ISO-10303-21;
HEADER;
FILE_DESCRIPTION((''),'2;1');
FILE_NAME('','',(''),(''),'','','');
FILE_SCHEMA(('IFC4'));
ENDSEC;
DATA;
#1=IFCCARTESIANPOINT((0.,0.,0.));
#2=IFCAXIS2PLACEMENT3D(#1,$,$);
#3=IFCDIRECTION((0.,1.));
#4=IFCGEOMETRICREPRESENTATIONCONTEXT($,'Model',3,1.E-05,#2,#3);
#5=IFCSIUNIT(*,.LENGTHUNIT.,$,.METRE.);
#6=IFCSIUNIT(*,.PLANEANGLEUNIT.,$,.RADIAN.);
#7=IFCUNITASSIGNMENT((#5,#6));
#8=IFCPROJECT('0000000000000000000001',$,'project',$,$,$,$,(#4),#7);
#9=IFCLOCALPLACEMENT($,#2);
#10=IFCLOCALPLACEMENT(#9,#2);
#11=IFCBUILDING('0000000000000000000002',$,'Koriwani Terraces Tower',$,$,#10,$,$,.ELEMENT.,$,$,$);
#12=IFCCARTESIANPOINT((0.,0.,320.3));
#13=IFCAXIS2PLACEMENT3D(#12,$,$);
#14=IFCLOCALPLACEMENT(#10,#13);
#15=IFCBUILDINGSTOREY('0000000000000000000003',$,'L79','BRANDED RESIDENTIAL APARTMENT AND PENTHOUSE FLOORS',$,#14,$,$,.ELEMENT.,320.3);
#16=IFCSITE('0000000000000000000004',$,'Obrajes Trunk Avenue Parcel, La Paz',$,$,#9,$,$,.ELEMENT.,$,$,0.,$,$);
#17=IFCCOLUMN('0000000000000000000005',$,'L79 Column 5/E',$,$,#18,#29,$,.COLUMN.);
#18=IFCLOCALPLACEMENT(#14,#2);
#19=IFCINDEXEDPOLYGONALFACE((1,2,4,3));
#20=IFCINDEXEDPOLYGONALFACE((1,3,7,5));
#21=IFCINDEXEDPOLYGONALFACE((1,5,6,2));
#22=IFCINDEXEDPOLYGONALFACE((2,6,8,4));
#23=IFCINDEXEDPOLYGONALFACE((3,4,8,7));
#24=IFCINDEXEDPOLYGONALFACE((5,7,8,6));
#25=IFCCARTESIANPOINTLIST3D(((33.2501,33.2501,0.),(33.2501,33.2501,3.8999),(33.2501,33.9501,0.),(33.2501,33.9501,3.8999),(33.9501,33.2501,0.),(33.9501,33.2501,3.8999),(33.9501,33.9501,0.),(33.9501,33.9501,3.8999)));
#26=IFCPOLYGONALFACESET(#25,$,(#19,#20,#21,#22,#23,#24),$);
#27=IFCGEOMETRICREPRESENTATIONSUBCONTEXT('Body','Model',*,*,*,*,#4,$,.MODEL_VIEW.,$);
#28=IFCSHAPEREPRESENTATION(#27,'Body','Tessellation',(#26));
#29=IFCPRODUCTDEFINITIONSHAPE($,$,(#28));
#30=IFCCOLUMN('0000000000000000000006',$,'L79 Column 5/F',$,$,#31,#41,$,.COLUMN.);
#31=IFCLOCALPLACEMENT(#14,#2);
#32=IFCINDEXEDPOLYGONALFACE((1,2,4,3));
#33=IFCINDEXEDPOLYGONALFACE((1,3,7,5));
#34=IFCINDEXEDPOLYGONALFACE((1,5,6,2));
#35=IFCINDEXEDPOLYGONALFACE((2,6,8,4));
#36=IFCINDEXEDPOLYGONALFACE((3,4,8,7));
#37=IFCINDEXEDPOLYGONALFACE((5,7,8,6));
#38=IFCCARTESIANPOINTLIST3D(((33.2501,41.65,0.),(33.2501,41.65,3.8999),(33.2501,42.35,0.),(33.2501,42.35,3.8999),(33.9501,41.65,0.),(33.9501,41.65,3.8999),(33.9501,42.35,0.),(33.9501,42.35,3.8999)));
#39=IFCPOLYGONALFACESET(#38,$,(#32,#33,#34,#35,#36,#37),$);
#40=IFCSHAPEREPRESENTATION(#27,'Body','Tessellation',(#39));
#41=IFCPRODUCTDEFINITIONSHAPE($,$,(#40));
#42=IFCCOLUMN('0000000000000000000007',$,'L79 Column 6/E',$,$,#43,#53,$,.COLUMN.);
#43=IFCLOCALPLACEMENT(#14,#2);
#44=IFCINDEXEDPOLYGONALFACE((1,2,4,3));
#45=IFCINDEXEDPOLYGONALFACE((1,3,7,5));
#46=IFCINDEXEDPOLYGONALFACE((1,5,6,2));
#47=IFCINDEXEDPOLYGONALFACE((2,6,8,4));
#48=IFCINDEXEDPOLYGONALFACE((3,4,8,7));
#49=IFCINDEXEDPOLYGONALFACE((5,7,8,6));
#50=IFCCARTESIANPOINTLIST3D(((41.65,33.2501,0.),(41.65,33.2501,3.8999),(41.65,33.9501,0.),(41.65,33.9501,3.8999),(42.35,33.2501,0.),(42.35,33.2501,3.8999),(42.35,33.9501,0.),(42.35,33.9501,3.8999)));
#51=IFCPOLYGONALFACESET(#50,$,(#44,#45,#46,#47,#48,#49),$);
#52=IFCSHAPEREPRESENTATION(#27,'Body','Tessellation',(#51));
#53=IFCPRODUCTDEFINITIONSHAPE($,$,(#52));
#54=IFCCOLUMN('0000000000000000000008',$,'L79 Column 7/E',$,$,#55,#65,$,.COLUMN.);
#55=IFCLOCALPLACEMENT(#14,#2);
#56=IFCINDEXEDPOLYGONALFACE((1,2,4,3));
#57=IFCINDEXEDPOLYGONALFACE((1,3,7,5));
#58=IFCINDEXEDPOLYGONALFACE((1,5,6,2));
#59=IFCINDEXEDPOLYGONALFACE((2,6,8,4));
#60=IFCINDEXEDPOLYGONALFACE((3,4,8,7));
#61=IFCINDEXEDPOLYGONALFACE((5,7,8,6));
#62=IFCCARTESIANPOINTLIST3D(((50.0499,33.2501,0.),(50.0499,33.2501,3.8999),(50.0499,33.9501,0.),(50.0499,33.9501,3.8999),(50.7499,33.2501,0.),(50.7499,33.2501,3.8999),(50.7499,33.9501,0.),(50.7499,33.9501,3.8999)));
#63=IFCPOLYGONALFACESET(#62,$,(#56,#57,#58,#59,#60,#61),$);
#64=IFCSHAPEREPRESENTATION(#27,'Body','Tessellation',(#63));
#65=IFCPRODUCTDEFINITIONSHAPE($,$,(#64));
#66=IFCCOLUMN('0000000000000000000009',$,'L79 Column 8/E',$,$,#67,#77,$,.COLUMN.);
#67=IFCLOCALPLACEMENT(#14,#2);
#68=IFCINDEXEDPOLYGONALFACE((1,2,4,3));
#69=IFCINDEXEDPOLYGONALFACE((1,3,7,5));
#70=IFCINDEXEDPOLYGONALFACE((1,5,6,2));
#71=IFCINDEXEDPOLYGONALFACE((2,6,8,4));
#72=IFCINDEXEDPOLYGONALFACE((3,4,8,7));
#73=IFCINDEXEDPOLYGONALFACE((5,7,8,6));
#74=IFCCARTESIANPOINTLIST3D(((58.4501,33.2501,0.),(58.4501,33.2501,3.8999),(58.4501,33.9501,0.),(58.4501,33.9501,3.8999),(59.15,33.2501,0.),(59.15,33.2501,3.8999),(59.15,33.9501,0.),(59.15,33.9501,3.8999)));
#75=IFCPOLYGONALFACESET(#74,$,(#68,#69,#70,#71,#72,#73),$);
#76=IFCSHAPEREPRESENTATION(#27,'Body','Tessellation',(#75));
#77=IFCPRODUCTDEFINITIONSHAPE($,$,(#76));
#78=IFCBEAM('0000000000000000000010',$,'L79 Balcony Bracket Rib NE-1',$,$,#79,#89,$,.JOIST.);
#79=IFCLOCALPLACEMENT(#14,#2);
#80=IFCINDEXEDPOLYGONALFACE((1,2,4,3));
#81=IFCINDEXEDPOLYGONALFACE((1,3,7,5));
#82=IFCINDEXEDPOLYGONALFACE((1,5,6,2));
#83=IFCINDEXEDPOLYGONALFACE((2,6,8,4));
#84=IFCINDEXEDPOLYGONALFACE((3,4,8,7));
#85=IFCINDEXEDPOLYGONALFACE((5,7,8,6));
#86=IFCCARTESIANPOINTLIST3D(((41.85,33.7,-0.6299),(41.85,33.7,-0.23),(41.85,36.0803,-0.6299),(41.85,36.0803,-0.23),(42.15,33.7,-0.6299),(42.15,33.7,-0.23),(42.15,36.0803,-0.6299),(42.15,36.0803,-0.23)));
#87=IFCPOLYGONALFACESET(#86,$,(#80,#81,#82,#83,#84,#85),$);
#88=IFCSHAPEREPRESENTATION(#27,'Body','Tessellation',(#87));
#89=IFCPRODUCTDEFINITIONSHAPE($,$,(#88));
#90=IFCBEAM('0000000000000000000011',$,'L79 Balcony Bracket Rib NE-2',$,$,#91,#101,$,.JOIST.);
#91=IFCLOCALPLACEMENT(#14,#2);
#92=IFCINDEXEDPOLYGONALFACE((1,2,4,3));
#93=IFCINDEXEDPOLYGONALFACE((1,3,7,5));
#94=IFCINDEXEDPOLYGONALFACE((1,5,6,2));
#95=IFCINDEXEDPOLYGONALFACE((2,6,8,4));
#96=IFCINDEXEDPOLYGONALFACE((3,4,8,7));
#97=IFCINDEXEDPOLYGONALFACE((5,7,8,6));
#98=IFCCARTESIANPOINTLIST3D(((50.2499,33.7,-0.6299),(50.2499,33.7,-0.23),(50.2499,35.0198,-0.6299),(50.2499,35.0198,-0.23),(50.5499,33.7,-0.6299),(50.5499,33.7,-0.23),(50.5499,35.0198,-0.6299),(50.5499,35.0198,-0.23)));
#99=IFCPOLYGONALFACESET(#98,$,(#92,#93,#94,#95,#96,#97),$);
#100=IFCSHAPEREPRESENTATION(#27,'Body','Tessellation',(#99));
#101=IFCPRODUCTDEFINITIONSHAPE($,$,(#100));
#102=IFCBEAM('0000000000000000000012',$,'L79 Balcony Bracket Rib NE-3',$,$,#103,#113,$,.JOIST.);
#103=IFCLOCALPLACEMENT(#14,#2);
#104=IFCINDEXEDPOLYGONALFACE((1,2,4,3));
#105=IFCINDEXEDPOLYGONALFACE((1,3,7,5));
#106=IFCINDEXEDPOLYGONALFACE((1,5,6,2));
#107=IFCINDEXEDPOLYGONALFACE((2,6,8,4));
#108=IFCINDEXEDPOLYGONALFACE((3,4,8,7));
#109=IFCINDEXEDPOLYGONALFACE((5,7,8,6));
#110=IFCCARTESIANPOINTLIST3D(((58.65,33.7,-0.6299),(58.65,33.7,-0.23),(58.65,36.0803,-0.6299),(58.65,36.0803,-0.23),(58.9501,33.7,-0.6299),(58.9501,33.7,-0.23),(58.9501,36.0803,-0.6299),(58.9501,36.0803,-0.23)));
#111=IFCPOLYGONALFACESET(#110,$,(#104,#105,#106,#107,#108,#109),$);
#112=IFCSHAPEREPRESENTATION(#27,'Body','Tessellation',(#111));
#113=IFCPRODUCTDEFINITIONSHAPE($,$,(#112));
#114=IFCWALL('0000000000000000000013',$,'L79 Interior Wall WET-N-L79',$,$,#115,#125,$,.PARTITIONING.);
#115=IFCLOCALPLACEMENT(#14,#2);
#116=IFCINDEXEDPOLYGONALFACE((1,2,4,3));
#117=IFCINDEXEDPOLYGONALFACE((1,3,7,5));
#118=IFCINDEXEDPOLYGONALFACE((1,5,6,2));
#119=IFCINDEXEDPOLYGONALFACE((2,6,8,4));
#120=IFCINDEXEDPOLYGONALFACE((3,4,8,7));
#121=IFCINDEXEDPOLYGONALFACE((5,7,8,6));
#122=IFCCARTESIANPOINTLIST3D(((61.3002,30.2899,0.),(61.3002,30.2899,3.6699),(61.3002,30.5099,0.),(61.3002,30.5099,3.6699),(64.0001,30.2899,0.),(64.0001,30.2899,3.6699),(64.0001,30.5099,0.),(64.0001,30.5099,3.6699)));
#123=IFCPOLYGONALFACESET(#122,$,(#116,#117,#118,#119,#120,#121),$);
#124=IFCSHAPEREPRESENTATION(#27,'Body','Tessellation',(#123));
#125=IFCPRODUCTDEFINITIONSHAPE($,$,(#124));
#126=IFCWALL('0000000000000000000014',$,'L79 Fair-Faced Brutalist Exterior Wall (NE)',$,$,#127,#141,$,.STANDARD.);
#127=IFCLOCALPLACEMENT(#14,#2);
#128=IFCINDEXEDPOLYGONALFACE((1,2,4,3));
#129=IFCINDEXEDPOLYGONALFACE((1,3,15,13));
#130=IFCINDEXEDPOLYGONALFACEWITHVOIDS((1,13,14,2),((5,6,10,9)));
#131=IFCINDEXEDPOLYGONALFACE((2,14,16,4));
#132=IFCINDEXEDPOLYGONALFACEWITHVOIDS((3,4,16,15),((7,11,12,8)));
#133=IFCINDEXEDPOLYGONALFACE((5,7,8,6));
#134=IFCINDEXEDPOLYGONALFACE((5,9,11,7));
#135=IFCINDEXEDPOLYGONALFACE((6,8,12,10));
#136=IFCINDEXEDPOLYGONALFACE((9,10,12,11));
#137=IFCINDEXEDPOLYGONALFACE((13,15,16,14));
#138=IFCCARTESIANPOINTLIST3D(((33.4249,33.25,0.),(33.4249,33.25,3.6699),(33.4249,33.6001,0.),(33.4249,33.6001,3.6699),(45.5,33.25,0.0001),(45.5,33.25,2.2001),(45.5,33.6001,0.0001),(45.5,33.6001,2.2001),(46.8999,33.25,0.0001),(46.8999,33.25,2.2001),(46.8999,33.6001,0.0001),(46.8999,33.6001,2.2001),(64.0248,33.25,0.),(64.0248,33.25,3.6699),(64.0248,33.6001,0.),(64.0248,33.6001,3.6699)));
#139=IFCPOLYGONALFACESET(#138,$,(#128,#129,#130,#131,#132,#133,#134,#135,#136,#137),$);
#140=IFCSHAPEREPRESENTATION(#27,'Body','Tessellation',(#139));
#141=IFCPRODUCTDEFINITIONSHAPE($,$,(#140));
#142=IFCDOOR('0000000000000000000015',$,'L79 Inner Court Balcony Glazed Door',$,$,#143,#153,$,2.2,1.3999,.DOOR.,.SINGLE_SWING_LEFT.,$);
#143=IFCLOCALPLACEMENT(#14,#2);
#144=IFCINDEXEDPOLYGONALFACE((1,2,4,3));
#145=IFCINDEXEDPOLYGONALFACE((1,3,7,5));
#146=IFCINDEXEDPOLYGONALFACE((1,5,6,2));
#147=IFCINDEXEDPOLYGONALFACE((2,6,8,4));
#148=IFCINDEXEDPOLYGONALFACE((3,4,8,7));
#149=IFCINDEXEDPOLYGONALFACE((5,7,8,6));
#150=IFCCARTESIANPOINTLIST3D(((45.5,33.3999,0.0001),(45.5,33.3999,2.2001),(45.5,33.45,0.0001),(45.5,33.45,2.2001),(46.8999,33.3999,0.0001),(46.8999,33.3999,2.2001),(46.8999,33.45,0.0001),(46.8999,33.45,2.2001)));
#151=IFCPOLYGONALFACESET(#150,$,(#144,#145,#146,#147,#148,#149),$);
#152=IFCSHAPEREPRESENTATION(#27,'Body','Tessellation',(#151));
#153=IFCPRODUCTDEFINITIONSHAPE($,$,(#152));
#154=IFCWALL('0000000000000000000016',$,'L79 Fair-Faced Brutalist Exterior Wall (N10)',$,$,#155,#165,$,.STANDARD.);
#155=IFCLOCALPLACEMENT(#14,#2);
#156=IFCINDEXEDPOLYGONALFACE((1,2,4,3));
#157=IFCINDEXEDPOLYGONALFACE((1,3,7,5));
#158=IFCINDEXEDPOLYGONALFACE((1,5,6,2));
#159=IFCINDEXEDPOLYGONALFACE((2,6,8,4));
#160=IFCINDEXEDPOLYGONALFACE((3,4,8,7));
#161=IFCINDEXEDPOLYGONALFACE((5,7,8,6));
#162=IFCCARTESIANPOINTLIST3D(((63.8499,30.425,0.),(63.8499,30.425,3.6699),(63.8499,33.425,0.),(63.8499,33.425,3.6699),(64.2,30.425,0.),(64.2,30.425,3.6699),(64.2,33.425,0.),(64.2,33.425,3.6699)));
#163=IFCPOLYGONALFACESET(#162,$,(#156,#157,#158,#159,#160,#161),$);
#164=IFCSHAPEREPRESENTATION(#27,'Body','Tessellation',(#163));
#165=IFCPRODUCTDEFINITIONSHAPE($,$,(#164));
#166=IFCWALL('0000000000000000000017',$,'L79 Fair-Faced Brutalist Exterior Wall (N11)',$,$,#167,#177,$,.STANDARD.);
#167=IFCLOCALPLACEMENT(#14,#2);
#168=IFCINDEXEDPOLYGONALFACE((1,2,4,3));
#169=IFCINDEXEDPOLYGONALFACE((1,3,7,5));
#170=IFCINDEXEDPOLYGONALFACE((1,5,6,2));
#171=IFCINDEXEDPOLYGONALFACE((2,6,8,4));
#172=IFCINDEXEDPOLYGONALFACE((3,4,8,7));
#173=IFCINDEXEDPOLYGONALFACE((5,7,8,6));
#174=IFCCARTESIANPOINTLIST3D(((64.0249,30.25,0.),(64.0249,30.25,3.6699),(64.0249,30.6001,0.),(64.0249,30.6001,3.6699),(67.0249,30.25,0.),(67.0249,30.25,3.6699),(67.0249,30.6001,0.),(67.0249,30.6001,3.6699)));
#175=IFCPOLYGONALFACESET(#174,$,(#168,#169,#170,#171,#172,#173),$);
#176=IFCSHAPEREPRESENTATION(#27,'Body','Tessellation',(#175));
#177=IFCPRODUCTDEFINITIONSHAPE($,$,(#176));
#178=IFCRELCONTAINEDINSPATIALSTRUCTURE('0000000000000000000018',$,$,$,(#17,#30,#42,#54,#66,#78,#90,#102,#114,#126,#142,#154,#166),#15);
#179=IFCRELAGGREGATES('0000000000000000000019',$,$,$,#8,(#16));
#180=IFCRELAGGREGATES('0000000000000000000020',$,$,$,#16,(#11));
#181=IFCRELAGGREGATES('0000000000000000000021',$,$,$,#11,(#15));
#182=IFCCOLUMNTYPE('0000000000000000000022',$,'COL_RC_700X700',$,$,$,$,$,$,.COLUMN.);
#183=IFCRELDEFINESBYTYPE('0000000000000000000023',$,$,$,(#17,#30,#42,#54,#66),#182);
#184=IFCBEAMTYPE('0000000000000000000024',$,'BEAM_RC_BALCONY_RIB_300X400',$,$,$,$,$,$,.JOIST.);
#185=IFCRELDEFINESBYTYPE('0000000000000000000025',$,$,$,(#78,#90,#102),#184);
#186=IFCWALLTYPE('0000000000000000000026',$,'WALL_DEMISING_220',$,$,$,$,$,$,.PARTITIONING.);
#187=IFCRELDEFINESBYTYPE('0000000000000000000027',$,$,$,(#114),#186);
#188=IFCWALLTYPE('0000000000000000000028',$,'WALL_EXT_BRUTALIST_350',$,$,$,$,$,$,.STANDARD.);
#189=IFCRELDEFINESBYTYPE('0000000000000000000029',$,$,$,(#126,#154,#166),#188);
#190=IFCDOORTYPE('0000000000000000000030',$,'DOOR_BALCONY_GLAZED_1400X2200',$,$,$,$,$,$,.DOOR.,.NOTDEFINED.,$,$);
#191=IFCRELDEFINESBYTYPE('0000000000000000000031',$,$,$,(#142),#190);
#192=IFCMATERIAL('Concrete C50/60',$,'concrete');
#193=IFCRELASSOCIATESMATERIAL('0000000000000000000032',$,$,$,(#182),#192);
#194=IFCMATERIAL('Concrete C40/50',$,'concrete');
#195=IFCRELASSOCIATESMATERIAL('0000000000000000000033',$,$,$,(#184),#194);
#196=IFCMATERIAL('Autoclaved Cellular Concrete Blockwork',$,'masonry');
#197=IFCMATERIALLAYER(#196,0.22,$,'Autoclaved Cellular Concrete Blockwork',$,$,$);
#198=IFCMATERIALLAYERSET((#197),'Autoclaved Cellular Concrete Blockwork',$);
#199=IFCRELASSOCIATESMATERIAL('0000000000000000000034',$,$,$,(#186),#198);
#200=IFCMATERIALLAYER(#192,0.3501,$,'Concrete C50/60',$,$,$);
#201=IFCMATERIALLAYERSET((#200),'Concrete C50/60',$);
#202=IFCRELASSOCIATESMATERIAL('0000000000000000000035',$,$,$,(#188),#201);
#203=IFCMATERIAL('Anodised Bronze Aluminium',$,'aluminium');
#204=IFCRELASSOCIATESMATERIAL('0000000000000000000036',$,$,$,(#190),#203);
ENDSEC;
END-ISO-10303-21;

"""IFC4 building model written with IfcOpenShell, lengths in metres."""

from ifc_helpers import new_model, si_unit, direction, frame, frame_2d, origin, origin_2d, place, context, subcontext, project, spatial, rectangle, extrude, material, layer, layer_set, material_profile, profile_set, type_object, element, fill, save


model = new_model("IFC4")

# Units and contexts
model_context = context("Model", 3, precision=1e-05, world=origin(), true_north=direction((0.0, 1.0)))
body_context = subcontext(model_context, "Body", "Model", "MODEL_VIEW")
ifc_project = project(units=[si_unit("LENGTHUNIT", "METRE"), si_unit("PLANEANGLEUNIT", "RADIAN")], contexts=[model_context])

# Site, building, storey
site_placement = place(None, origin())
site = spatial("IfcSite", under=ifc_project, at=site_placement, Name="Obrajes Trunk Avenue Parcel, La Paz", CompositionType="ELEMENT", RefElevation=0.0)
building_placement = place(site_placement, origin())
building = spatial("IfcBuilding", under=site, at=building_placement, Name="Koriwani Terraces Tower", CompositionType="ELEMENT")
storey_placement = place(building_placement, frame((0.0, 0.0, 320.3)))
storey = spatial("IfcBuildingStorey", under=building, at=storey_placement, Name="L79", Description="BRANDED RESIDENTIAL APARTMENT AND PENTHOUSE FLOORS", CompositionType="ELEMENT", Elevation=320.3)

# Columns
ifc_material_1 = material(Name="Concrete C50/60", Category="concrete")
ifc_material_profile_1 = material_profile(ifc_material_1, rectangle(XDim=0.7, YDim=0.7, at=origin_2d()), Name="Concrete C50/60", Category="LoadBearing")
ifc_profile_set_1 = profile_set([ifc_material_profile_1], Name="Concrete C50/60")
column_type = type_object("IfcColumnType", Name="COL_RC_700X700", PredefinedType="COLUMN", material=ifc_profile_set_1)
for number, where, z_axis, x_axis, name in (
    (1, (33.6001, 33.6001, 0.0), (0.0, 0.0, 1.0), (1.0, 0.0, 0.0), "L79 Column 5/E"),
    (2, (33.6001, 42.0, 0.0), (0.0, 0.0, 1.0), (1.0, 0.0, 0.0), "L79 Column 5/F"),
    (3, (42.0, 33.6001, 0.0), (0.0, 0.0, 1.0), (1.0, 0.0, 0.0), "L79 Column 6/E"),
    (4, (50.3999, 33.6001, 0.0), (0.0, 0.0, 1.0), (1.0, 0.0, 0.0), "L79 Column 7/E"),
    (5, (58.8, 33.6001, 0.0), (0.0, 0.0, 1.0), (1.0, 0.0, 0.0), "L79 Column 8/E"),
):
    element("IfcColumn", number, at=place(storey_placement, frame(where, z_axis=z_axis, x_axis=x_axis)), inside=storey, type_object=column_type, Name=name, PredefinedType="COLUMN", context=body_context, shape_type="SweptSolid", body=[
        extrude(rectangle(XDim=0.7, YDim=0.7, at=origin_2d()), origin(), (0.0, 0.0, 1.0), 3.8999),
    ])

# Beams
ifc_material_2 = material(Name="Concrete C40/50", Category="concrete")
ifc_material_profile_2 = material_profile(ifc_material_2, rectangle(XDim=0.3, YDim=0.3999, at=origin_2d()), Name="Concrete C40/50", Category="LoadBearing")
ifc_profile_set_2 = profile_set([ifc_material_profile_2], Name="Concrete C40/50")
beam_type = type_object("IfcBeamType", Name="BEAM_RC_BALCONY_RIB_300X400", PredefinedType="JOIST", material=ifc_profile_set_2)
beam_1_placement = place(storey_placement, frame((42.0, 33.7, -0.4299), z_axis=(0.0, 1.0, 0.0), x_axis=(-1.0, 0.0, 0.0)))
element("IfcBeam", 6, at=beam_1_placement, inside=storey, type_object=beam_type, Name="L79 Balcony Bracket Rib NE-1", PredefinedType="JOIST", context=body_context, shape_type="SweptSolid", body=[
    extrude(rectangle(XDim=0.3, YDim=0.3999, at=origin_2d()), origin(), (0.0, 0.0, 1.0), 2.3804),
])
beam_2_placement = place(storey_placement, frame((50.3999, 33.7, -0.4299), z_axis=(0.0, 1.0, 0.0), x_axis=(-1.0, 0.0, 0.0)))
element("IfcBeam", 7, at=beam_2_placement, inside=storey, type_object=beam_type, Name="L79 Balcony Bracket Rib NE-2", PredefinedType="JOIST", context=body_context, shape_type="SweptSolid", body=[
    extrude(rectangle(XDim=0.3, YDim=0.3999, at=origin_2d()), origin(), (0.0, 0.0, 1.0), 1.3198),
])
beam_3_placement = place(storey_placement, frame((58.8, 33.7, -0.4299), z_axis=(0.0, 1.0, 0.0), x_axis=(-1.0, 0.0, 0.0)))
element("IfcBeam", 8, at=beam_3_placement, inside=storey, type_object=beam_type, Name="L79 Balcony Bracket Rib NE-3", PredefinedType="JOIST", context=body_context, shape_type="SweptSolid", body=[
    extrude(rectangle(XDim=0.3, YDim=0.3999, at=origin_2d()), origin(), (0.0, 0.0, 1.0), 2.3804),
])

# Wall
ifc_material_3 = material(Name="Autoclaved Cellular Concrete Blockwork", Category="masonry")
ifc_layer_1 = layer(ifc_material_3, 0.22, Name="Autoclaved Cellular Concrete Blockwork")
ifc_layer_set_1 = layer_set([ifc_layer_1], Name="Autoclaved Cellular Concrete Blockwork")
wall_type_1 = type_object("IfcWallType", Name="WALL_DEMISING_220", PredefinedType="PARTITIONING", material=ifc_layer_set_1)
wall_1_placement = place(storey_placement, frame((61.3, 30.3999, 0.0), z_axis=(0.0, 0.0, 1.0), x_axis=(1.0, 0.0, 0.0)))
element("IfcWall", 9, at=wall_1_placement, inside=storey, type_object=wall_type_1, Name="L79 Interior Wall WET-N-L79", PredefinedType="PARTITIONING", context=body_context, shape_type="SweptSolid", body=[
    extrude(rectangle(XDim=2.7, YDim=0.22, at=frame_2d((1.3501, 0.0))), origin(), (0.0, 0.0, 1.0), 3.6699),
])

# Wall, opening, door
ifc_layer_2 = layer(ifc_material_1, 0.3501, Name="Concrete C50/60")
ifc_layer_set_2 = layer_set([ifc_layer_2], Name="Concrete C50/60")
wall_type_2 = type_object("IfcWallType", Name="WALL_EXT_BRUTALIST_350", PredefinedType="STANDARD", material=ifc_layer_set_2)
wall_2_placement = place(storey_placement, frame((33.425, 33.425, 0.0), z_axis=(0.0, 0.0, 1.0), x_axis=(1.0, 0.0, 0.0)))
wall_2 = element("IfcWall", 10, at=wall_2_placement, inside=storey, type_object=wall_type_2, Name="L79 Fair-Faced Brutalist Exterior Wall (NE)", PredefinedType="STANDARD", context=body_context, shape_type="SweptSolid", body=[
    extrude(rectangle(XDim=30.5999, YDim=0.3501, at=frame_2d((15.2998, 0.0))), origin(), (0.0, 0.0, 1.0), 3.6699),
])
opening_1_placement = place(wall_2_placement, frame((12.075, 0.0, 0.0)))
opening_1 = element("IfcOpeningElement", 11, at=opening_1_placement, cuts=wall_2, PredefinedType="OPENING", context=body_context, shape_type="SweptSolid", body=[
    extrude(rectangle(XDim=1.3999, YDim=2.2, at=frame_2d((0.7, 1.1001))), frame((0.0, 0.1851, 0.0), z_axis=(0.0, -1.0, 0.0), x_axis=(1.0, 0.0, 0.0)), (0.0, 0.0, 1.0), 0.3701),
])
ifc_material_4 = material(Name="Anodised Bronze Aluminium", Category="aluminium")
door_type_1 = type_object("IfcDoorType", Name="DOOR_BALCONY_GLAZED_1400X2200", OperationType="NOTDEFINED", PredefinedType="DOOR", material=ifc_material_4)
door_1_placement = place(opening_1_placement, origin())
door_1 = element("IfcDoor", 12, at=door_1_placement, inside=storey, type_object=door_type_1, Name="L79 Inner Court Balcony Glazed Door", OperationType="SINGLE_SWING_LEFT", OverallHeight=2.2, OverallWidth=1.3999, PredefinedType="DOOR", context=body_context, shape_type="SweptSolid", body=[
    extrude(rectangle(XDim=1.3999, YDim=2.2, at=frame_2d((0.7, 1.1001))), frame((0.0, 0.0249, 0.0), z_axis=(0.0, -1.0, 0.0), x_axis=(1.0, 0.0, 0.0)), (0.0, 0.0, 1.0), 0.05),
])
fill(opening_1, door_1)

# Walls
for number, where, z_axis, x_axis, name in (
    (13, (64.0249, 33.425, 0.0), (0.0, 0.0, 1.0), (0.0, -1.0, 0.0), "L79 Fair-Faced Brutalist Exterior Wall (N10)"),
    (14, (64.0249, 30.425, 0.0), (0.0, 0.0, 1.0), (1.0, 0.0, 0.0), "L79 Fair-Faced Brutalist Exterior Wall (N11)"),
):
    element("IfcWall", number, at=place(storey_placement, frame(where, z_axis=z_axis, x_axis=x_axis)), inside=storey, type_object=wall_type_2, Name=name, PredefinedType="STANDARD", context=body_context, shape_type="SweptSolid", body=[
        extrude(rectangle(XDim=3.0, YDim=0.3501, at=frame_2d((1.5, 0.0))), origin(), (0.0, 0.0, 1.0), 3.6699),
    ])

save(model, "model.ifc")
